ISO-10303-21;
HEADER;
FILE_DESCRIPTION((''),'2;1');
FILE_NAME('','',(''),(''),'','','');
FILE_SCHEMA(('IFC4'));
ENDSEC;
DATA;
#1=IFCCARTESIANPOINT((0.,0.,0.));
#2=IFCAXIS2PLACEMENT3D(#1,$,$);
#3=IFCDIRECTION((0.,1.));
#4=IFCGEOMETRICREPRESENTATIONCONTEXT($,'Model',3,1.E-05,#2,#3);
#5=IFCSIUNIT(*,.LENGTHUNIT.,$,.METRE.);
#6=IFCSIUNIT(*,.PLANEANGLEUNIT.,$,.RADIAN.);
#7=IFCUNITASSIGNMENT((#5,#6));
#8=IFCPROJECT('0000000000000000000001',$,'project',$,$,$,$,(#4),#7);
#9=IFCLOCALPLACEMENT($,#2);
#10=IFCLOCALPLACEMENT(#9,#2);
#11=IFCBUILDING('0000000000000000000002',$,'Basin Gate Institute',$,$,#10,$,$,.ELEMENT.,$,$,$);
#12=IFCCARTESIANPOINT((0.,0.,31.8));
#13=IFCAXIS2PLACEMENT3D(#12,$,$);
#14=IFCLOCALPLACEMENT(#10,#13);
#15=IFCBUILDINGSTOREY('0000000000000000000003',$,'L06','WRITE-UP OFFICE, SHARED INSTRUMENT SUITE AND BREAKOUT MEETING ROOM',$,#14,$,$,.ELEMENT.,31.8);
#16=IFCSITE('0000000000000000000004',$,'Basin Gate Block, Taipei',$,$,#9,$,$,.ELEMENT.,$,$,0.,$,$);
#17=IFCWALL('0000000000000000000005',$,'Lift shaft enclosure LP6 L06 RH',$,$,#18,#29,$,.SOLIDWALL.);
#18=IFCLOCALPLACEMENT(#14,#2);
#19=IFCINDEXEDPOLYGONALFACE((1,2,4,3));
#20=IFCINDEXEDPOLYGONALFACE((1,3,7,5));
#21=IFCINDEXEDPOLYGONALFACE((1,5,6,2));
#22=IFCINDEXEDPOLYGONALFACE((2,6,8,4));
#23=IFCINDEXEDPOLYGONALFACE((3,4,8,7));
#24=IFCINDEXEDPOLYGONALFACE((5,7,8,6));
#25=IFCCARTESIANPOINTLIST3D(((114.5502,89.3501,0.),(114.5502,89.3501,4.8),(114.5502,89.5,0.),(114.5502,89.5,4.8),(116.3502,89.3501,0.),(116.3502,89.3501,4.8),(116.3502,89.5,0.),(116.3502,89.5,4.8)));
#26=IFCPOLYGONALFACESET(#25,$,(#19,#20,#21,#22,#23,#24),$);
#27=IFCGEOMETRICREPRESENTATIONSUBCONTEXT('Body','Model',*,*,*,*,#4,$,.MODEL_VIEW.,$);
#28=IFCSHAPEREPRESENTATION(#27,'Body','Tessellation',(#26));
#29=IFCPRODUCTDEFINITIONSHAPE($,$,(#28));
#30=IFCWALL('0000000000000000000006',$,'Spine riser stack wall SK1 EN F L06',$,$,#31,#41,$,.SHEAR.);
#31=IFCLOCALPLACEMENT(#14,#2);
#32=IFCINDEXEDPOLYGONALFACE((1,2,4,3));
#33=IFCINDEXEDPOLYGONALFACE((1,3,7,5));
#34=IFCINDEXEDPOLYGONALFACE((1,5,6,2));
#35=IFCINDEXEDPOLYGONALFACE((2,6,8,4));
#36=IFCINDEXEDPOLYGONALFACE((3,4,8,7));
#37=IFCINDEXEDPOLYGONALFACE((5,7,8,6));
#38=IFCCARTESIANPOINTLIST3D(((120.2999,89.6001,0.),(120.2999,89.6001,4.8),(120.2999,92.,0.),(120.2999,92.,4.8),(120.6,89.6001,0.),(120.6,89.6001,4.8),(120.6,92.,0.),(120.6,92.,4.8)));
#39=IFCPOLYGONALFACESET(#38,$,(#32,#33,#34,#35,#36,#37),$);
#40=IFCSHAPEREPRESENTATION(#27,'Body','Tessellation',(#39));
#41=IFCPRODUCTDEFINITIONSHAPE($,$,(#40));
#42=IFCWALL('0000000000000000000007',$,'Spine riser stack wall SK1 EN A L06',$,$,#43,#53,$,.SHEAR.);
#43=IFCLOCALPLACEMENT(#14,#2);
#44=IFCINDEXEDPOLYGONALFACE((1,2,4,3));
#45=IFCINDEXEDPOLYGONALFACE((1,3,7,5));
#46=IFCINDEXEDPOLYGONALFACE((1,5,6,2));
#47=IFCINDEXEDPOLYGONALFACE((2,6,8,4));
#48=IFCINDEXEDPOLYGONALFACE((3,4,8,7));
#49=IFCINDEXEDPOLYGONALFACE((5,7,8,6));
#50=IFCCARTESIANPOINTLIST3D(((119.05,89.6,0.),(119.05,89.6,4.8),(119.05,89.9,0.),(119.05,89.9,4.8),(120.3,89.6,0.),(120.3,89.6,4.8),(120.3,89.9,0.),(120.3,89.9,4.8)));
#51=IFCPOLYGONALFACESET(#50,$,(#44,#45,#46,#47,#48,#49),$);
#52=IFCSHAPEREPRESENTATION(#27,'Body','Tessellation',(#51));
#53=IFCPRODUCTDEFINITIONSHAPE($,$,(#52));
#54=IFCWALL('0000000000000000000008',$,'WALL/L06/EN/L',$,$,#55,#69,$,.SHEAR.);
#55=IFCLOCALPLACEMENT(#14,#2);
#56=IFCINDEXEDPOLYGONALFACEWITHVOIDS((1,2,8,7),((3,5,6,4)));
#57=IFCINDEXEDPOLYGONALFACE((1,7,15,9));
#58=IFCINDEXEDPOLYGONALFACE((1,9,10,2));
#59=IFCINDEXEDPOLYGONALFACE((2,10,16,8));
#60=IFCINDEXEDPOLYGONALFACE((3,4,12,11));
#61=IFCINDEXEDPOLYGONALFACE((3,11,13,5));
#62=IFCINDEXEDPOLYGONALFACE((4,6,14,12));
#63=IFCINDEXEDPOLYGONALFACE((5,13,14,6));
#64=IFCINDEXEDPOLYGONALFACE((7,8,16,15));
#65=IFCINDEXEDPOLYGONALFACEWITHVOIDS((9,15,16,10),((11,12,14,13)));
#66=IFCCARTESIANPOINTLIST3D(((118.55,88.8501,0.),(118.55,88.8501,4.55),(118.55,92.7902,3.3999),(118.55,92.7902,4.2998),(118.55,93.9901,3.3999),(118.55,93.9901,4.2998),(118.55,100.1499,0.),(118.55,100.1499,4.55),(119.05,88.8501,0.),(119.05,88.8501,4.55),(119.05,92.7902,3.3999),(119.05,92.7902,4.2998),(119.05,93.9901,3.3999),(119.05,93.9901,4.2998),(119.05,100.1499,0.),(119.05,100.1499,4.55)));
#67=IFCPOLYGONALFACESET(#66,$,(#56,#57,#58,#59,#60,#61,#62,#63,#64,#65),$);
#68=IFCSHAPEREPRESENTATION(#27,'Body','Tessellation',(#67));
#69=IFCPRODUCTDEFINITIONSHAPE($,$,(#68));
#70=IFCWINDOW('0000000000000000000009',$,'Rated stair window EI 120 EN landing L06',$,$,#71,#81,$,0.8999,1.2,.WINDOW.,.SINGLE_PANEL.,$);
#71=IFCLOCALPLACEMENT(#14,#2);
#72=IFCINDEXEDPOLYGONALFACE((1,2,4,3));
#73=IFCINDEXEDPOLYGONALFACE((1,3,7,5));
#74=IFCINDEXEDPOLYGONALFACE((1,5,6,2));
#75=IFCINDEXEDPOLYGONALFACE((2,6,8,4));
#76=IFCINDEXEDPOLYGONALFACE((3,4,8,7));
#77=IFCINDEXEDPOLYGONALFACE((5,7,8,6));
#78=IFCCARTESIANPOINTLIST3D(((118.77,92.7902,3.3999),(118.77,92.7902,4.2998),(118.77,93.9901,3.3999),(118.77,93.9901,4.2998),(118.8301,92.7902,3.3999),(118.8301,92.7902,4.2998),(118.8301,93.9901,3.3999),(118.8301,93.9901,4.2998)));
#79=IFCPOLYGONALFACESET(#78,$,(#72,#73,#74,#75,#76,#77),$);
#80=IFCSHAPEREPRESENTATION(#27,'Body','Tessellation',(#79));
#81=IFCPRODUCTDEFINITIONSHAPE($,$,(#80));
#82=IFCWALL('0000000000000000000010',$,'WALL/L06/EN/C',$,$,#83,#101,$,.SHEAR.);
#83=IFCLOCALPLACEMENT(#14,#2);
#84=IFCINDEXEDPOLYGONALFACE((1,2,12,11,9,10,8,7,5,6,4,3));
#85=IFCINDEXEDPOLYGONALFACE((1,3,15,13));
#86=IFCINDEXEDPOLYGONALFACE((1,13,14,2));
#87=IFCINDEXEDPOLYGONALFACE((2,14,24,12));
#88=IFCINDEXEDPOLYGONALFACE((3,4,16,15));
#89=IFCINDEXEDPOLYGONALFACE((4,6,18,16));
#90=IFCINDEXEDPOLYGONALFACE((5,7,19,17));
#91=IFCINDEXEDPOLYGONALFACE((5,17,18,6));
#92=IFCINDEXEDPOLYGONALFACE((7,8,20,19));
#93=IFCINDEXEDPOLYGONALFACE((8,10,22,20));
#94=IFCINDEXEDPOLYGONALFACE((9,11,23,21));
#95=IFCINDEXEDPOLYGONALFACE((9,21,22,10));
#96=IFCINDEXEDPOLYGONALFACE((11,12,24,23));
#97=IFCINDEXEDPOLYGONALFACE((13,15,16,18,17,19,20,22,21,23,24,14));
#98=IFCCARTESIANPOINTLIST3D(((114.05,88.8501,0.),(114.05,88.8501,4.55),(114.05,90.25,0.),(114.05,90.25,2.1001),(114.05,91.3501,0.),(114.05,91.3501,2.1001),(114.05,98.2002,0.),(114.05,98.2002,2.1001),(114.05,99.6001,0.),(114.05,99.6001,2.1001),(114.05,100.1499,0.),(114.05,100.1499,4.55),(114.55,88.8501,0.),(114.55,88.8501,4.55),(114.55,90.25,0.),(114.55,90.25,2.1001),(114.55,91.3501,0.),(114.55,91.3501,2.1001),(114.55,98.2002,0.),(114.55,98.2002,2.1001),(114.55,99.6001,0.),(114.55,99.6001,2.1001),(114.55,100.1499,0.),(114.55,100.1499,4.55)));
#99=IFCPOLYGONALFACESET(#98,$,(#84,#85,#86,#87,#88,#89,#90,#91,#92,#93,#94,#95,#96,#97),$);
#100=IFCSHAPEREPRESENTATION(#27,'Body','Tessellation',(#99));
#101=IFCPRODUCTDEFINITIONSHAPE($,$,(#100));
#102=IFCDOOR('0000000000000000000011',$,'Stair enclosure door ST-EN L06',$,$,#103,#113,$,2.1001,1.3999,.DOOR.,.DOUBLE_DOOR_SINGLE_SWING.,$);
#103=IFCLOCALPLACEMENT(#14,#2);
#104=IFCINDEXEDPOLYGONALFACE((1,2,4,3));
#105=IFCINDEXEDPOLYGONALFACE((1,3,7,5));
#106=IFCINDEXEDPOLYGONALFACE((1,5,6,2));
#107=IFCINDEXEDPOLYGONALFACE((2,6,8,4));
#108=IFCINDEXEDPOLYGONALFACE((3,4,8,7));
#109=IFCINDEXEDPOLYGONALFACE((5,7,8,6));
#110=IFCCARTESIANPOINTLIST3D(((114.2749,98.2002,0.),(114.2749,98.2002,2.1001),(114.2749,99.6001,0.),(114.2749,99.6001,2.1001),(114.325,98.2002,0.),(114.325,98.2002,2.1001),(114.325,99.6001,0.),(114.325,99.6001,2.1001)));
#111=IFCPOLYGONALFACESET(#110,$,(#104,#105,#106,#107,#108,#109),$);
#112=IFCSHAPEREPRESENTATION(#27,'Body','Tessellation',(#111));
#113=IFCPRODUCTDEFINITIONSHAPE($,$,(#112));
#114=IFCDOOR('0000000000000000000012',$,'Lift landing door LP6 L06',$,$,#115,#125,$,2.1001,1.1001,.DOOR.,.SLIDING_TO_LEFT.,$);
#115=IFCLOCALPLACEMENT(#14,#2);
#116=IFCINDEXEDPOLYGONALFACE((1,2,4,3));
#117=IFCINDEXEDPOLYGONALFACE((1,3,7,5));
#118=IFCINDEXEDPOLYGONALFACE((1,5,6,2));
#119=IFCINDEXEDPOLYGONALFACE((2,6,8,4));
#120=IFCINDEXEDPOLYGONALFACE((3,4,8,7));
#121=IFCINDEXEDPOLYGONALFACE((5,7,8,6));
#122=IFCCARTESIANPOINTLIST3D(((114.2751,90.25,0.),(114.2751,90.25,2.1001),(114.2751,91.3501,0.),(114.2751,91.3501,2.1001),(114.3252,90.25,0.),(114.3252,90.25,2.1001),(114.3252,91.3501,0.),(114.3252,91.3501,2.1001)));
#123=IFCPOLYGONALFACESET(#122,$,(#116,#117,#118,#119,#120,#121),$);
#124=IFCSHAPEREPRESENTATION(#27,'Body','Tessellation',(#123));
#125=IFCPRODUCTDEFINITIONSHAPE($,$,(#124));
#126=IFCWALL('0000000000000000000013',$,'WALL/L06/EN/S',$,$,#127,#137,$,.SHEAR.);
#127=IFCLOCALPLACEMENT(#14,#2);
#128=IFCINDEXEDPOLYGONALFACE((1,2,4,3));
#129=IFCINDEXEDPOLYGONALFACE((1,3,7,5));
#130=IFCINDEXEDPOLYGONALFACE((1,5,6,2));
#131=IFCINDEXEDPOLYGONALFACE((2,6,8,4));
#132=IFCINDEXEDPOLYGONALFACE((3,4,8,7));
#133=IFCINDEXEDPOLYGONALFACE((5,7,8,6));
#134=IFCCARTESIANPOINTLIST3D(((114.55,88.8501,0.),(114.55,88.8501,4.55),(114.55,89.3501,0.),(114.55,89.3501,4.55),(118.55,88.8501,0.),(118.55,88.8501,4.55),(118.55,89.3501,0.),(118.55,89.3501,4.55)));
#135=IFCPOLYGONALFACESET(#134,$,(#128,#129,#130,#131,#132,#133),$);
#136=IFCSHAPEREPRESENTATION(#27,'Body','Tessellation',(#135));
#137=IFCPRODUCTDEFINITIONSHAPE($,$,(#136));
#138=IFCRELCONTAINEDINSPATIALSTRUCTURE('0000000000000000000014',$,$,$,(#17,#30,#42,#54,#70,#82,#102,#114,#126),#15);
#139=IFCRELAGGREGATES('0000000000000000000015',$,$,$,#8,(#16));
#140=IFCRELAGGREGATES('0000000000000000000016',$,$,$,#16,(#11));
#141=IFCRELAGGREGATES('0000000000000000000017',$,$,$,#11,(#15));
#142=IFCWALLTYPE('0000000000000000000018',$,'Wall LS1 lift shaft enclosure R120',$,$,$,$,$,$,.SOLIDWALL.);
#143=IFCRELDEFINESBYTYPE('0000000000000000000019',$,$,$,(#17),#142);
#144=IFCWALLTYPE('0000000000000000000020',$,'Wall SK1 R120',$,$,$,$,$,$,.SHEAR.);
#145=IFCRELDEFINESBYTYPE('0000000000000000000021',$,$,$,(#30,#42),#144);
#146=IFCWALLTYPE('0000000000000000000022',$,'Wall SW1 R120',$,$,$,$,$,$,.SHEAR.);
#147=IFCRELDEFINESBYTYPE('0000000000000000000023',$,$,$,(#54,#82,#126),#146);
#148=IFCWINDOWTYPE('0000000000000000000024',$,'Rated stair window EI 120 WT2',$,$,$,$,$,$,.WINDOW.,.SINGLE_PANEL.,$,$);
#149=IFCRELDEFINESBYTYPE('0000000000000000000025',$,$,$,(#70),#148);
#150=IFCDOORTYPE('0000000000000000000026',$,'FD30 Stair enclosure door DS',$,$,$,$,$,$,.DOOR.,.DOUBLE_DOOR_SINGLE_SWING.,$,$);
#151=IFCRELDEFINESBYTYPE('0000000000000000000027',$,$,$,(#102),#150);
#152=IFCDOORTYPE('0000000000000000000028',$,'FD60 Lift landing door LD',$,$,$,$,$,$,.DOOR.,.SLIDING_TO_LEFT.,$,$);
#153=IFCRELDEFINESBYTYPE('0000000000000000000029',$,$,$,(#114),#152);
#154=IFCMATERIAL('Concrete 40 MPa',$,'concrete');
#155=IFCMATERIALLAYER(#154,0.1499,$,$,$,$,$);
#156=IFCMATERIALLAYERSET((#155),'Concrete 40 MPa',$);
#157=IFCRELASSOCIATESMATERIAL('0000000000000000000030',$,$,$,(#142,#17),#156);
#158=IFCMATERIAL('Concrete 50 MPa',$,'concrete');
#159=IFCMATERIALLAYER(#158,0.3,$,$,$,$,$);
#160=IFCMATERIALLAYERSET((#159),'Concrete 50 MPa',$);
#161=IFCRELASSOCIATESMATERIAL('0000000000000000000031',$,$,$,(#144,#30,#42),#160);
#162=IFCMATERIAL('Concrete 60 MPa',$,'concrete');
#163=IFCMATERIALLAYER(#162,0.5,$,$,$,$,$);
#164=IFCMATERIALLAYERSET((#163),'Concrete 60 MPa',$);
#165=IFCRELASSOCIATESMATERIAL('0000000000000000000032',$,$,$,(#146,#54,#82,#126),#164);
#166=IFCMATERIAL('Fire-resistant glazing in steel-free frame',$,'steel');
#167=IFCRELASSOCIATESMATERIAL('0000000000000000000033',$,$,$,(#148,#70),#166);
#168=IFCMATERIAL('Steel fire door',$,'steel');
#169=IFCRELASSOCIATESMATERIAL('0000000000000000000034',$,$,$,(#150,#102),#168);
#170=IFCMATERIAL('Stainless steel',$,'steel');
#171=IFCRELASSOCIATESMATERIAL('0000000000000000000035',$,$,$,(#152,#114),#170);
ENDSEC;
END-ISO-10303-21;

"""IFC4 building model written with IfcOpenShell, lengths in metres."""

from ifc_helpers import new_model, si_unit, direction, frame, frame_2d, origin, place, context, subcontext, project, spatial, rectangle, extrude, material, layer, layer_set, type_object, element, fill, save


model = new_model("IFC4")

# Units and contexts
model_context = context("Model", 3, precision=1e-05, world=origin(), true_north=direction((0.0, 1.0)))
body_context = subcontext(model_context, "Body", "Model", "MODEL_VIEW")
ifc_project = project(units=[si_unit("LENGTHUNIT", "METRE"), si_unit("PLANEANGLEUNIT", "RADIAN")], contexts=[model_context])

# Site, building, storey
site_placement = place(None, origin())
site = spatial("IfcSite", under=ifc_project, at=site_placement, Name="Basin Gate Block, Taipei", CompositionType="ELEMENT", RefElevation=0.0)
building_placement = place(site_placement, origin())
building = spatial("IfcBuilding", under=site, at=building_placement, Name="Basin Gate Institute", CompositionType="ELEMENT")
storey_placement = place(building_placement, frame((0.0, 0.0, 31.8)))
storey = spatial("IfcBuildingStorey", under=building, at=storey_placement, Name="L06", Description="WRITE-UP OFFICE, SHARED INSTRUMENT SUITE AND BREAKOUT MEETING ROOM", CompositionType="ELEMENT", Elevation=31.8)

# Walls
ifc_material_1 = material(Name="Concrete 40 MPa", Category="concrete")
ifc_layer_1 = layer(ifc_material_1, 0.1499)
ifc_layer_set_1 = layer_set([ifc_layer_1], Name="Concrete 40 MPa")
wall_type_1 = type_object("IfcWallType", Name="Wall LS1 lift shaft enclosure R120", PredefinedType="SOLIDWALL", material=ifc_layer_set_1)
wall_1_placement = place(storey_placement, frame((116.3501, 89.425, 0.0), z_axis=(0.0, 0.0, 1.0), x_axis=(-1.0, 0.0, 0.0)))
element("IfcWall", 1, at=wall_1_placement, inside=storey, type_object=wall_type_1, material=ifc_layer_set_1, Name="Lift shaft enclosure LP6 L06 RH", PredefinedType="SOLIDWALL", context=body_context, shape_type="SweptSolid", body=[
    extrude(rectangle(XDim=1.8, YDim=0.1499, at=frame_2d((0.8999, 0.0))), origin(), (0.0, 0.0, 1.0), 4.8),
])
ifc_material_2 = material(Name="Concrete 50 MPa", Category="concrete")
ifc_layer_2 = layer(ifc_material_2, 0.3)
ifc_layer_set_2 = layer_set([ifc_layer_2], Name="Concrete 50 MPa")
wall_type_2 = type_object("IfcWallType", Name="Wall SK1 R120", PredefinedType="SHEAR", material=ifc_layer_set_2)
wall_2_placement = place(storey_placement, frame((120.45, 89.6001, 0.0), z_axis=(0.0, 0.0, 1.0), x_axis=(0.0, 1.0, 0.0)))
element("IfcWall", 2, at=wall_2_placement, inside=storey, type_object=wall_type_2, material=ifc_layer_set_2, Name="Spine riser stack wall SK1 EN F L06", PredefinedType="SHEAR", context=body_context, shape_type="SweptSolid", body=[
    extrude(rectangle(XDim=2.3999, YDim=0.3, at=frame_2d((1.2, 0.0))), origin(), (0.0, 0.0, 1.0), 4.8),
])
wall_3_placement = place(storey_placement, frame((119.05, 89.75, 0.0), z_axis=(0.0, 0.0, 1.0), x_axis=(1.0, 0.0, 0.0)))
element("IfcWall", 3, at=wall_3_placement, inside=storey, type_object=wall_type_2, material=ifc_layer_set_2, Name="Spine riser stack wall SK1 EN A L06", PredefinedType="SHEAR", context=body_context, shape_type="SweptSolid", body=[
    extrude(rectangle(XDim=1.25, YDim=0.3, at=frame_2d((0.625, 0.0))), origin(), (0.0, 0.0, 1.0), 4.8),
])

# Wall, opening, window
ifc_material_3 = material(Name="Concrete 60 MPa", Category="concrete")
ifc_layer_3 = layer(ifc_material_3, 0.5)
ifc_layer_set_3 = layer_set([ifc_layer_3], Name="Concrete 60 MPa")
wall_type_3 = type_object("IfcWallType", Name="Wall SW1 R120", PredefinedType="SHEAR", material=ifc_layer_set_3)
wall_4_placement = place(storey_placement, frame((118.8, 88.8501, 0.0), z_axis=(0.0, 0.0, 1.0), x_axis=(0.0, 1.0, 0.0)))
wall_4 = element("IfcWall", 4, at=wall_4_placement, inside=storey, type_object=wall_type_3, material=ifc_layer_set_3, Name="WALL/L06/EN/L", PredefinedType="SHEAR", context=body_context, shape_type="SweptSolid", body=[
    extrude(rectangle(XDim=11.2998, YDim=0.5, at=frame_2d((5.6499, 0.0))), origin(), (0.0, 0.0, 1.0), 4.55),
])
opening_1_placement = place(wall_4_placement, frame((3.9399, 0.0, 3.3999)))
opening_1 = element("IfcOpeningElement", 5, at=opening_1_placement, cuts=wall_4, PredefinedType="OPENING", context=body_context, shape_type="SweptSolid", body=[
    extrude(rectangle(XDim=1.2, YDim=0.8999, at=frame_2d((0.6001, 0.45))), frame((0.0, 0.26, 0.0), z_axis=(0.0, -1.0, 0.0), x_axis=(1.0, 0.0, 0.0)), (0.0, 0.0, 1.0), 0.52),
])
ifc_material_4 = material(Name="Fire-resistant glazing in steel-free frame", Category="steel")
window_type = type_object("IfcWindowType", Name="Rated stair window EI 120 WT2", PartitioningType="SINGLE_PANEL", PredefinedType="WINDOW", material=ifc_material_4)
window_placement = place(opening_1_placement, origin())
window = element("IfcWindow", 6, at=window_placement, inside=storey, type_object=window_type, material=ifc_material_4, Name="Rated stair window EI 120 EN landing L06", OverallHeight=0.8999, OverallWidth=1.2, PartitioningType="SINGLE_PANEL", PredefinedType="WINDOW", context=body_context, shape_type="SweptSolid", body=[
    extrude(rectangle(XDim=1.2, YDim=0.8999, at=frame_2d((0.6001, 0.45))), frame((0.0, 0.03, 0.0), z_axis=(0.0, -1.0, 0.0), x_axis=(1.0, 0.0, 0.0)), (0.0, 0.0, 1.0), 0.0601),
])
fill(opening_1, window)

# Wall, openings, doors
wall_5_placement = place(storey_placement, frame((114.3, 88.8501, 0.0), z_axis=(0.0, 0.0, 1.0), x_axis=(0.0, 1.0, 0.0)))
wall_5 = element("IfcWall", 7, at=wall_5_placement, inside=storey, type_object=wall_type_3, material=ifc_layer_set_3, Name="WALL/L06/EN/C", PredefinedType="SHEAR", context=body_context, shape_type="SweptSolid", body=[
    extrude(rectangle(XDim=11.2998, YDim=0.5, at=frame_2d((5.6499, 0.0))), origin(), (0.0, 0.0, 1.0), 4.55),
])
opening_2_placement = place(wall_5_placement, frame((9.3501, 0.0, 0.0)))
opening_2 = element("IfcOpeningElement", 8, at=opening_2_placement, cuts=wall_5, PredefinedType="OPENING", context=body_context, shape_type="SweptSolid", body=[
    extrude(rectangle(XDim=1.3999, YDim=2.1001, at=frame_2d((0.7, 1.05))), frame((0.0, 0.26, 0.0), z_axis=(0.0, -1.0, 0.0), x_axis=(1.0, 0.0, 0.0)), (0.0, 0.0, 1.0), 0.52),
])
opening_3_placement = place(wall_5_placement, frame((1.3999, 0.0, 0.0)))
opening_3 = element("IfcOpeningElement", 9, at=opening_3_placement, cuts=wall_5, PredefinedType="OPENING", context=body_context, shape_type="SweptSolid", body=[
    extrude(rectangle(XDim=1.1001, YDim=2.1001, at=frame_2d((0.55, 1.05))), frame((0.0, 0.26, 0.0), z_axis=(0.0, -1.0, 0.0), x_axis=(1.0, 0.0, 0.0)), (0.0, 0.0, 1.0), 0.52),
])
ifc_material_5 = material(Name="Steel fire door", Category="steel")
door_type_1 = type_object("IfcDoorType", Name="FD30 Stair enclosure door DS", OperationType="DOUBLE_DOOR_SINGLE_SWING", PredefinedType="DOOR", material=ifc_material_5)
door_1_placement = place(opening_2_placement, frame((1.3999, 0.0, 0.0), z_axis=(0.0, 0.0, 1.0), x_axis=(-1.0, 0.0, 0.0)))
door_1 = element("IfcDoor", 10, at=door_1_placement, inside=storey, type_object=door_type_1, material=ifc_material_5, Name="Stair enclosure door ST-EN L06", OperationType="DOUBLE_DOOR_SINGLE_SWING", OverallHeight=2.1001, OverallWidth=1.3999, PredefinedType="DOOR", context=body_context, shape_type="SweptSolid", body=[
    extrude(rectangle(XDim=1.3999, YDim=2.1001, at=frame_2d((0.7, 1.05))), frame((0.0, 0.0249, 0.0), z_axis=(0.0, -1.0, 0.0), x_axis=(1.0, 0.0, 0.0)), (0.0, 0.0, 1.0), 0.05),
])
fill(opening_2, door_1)
ifc_material_6 = material(Name="Stainless steel", Category="steel")
door_type_2 = type_object("IfcDoorType", Name="FD60 Lift landing door LD", OperationType="SLIDING_TO_LEFT", PredefinedType="DOOR", material=ifc_material_6)
door_2_placement = place(opening_3_placement, origin())
door_2 = element("IfcDoor", 11, at=door_2_placement, inside=storey, type_object=door_type_2, material=ifc_material_6, Name="Lift landing door LP6 L06", OperationType="SLIDING_TO_LEFT", OverallHeight=2.1001, OverallWidth=1.1001, PredefinedType="DOOR", context=body_context, shape_type="SweptSolid", body=[
    extrude(rectangle(XDim=1.1001, YDim=2.1001, at=frame_2d((0.55, 1.05))), frame((0.0, 0.0249, 0.0), z_axis=(0.0, -1.0, 0.0), x_axis=(1.0, 0.0, 0.0)), (0.0, 0.0, 1.0), 0.05),
])
fill(opening_3, door_2)

# Wall
wall_6_placement = place(storey_placement, frame((118.55, 89.1001, 0.0), z_axis=(0.0, 0.0, 1.0), x_axis=(-1.0, 0.0, 0.0)))
element("IfcWall", 12, at=wall_6_placement, inside=storey, type_object=wall_type_3, material=ifc_layer_set_3, Name="WALL/L06/EN/S", PredefinedType="SHEAR", context=body_context, shape_type="SweptSolid", body=[
    extrude(rectangle(XDim=4.0, YDim=0.5, at=frame_2d((2.0, 0.0))), origin(), (0.0, 0.0, 1.0), 4.55),
])

save(model, "model.ifc")
